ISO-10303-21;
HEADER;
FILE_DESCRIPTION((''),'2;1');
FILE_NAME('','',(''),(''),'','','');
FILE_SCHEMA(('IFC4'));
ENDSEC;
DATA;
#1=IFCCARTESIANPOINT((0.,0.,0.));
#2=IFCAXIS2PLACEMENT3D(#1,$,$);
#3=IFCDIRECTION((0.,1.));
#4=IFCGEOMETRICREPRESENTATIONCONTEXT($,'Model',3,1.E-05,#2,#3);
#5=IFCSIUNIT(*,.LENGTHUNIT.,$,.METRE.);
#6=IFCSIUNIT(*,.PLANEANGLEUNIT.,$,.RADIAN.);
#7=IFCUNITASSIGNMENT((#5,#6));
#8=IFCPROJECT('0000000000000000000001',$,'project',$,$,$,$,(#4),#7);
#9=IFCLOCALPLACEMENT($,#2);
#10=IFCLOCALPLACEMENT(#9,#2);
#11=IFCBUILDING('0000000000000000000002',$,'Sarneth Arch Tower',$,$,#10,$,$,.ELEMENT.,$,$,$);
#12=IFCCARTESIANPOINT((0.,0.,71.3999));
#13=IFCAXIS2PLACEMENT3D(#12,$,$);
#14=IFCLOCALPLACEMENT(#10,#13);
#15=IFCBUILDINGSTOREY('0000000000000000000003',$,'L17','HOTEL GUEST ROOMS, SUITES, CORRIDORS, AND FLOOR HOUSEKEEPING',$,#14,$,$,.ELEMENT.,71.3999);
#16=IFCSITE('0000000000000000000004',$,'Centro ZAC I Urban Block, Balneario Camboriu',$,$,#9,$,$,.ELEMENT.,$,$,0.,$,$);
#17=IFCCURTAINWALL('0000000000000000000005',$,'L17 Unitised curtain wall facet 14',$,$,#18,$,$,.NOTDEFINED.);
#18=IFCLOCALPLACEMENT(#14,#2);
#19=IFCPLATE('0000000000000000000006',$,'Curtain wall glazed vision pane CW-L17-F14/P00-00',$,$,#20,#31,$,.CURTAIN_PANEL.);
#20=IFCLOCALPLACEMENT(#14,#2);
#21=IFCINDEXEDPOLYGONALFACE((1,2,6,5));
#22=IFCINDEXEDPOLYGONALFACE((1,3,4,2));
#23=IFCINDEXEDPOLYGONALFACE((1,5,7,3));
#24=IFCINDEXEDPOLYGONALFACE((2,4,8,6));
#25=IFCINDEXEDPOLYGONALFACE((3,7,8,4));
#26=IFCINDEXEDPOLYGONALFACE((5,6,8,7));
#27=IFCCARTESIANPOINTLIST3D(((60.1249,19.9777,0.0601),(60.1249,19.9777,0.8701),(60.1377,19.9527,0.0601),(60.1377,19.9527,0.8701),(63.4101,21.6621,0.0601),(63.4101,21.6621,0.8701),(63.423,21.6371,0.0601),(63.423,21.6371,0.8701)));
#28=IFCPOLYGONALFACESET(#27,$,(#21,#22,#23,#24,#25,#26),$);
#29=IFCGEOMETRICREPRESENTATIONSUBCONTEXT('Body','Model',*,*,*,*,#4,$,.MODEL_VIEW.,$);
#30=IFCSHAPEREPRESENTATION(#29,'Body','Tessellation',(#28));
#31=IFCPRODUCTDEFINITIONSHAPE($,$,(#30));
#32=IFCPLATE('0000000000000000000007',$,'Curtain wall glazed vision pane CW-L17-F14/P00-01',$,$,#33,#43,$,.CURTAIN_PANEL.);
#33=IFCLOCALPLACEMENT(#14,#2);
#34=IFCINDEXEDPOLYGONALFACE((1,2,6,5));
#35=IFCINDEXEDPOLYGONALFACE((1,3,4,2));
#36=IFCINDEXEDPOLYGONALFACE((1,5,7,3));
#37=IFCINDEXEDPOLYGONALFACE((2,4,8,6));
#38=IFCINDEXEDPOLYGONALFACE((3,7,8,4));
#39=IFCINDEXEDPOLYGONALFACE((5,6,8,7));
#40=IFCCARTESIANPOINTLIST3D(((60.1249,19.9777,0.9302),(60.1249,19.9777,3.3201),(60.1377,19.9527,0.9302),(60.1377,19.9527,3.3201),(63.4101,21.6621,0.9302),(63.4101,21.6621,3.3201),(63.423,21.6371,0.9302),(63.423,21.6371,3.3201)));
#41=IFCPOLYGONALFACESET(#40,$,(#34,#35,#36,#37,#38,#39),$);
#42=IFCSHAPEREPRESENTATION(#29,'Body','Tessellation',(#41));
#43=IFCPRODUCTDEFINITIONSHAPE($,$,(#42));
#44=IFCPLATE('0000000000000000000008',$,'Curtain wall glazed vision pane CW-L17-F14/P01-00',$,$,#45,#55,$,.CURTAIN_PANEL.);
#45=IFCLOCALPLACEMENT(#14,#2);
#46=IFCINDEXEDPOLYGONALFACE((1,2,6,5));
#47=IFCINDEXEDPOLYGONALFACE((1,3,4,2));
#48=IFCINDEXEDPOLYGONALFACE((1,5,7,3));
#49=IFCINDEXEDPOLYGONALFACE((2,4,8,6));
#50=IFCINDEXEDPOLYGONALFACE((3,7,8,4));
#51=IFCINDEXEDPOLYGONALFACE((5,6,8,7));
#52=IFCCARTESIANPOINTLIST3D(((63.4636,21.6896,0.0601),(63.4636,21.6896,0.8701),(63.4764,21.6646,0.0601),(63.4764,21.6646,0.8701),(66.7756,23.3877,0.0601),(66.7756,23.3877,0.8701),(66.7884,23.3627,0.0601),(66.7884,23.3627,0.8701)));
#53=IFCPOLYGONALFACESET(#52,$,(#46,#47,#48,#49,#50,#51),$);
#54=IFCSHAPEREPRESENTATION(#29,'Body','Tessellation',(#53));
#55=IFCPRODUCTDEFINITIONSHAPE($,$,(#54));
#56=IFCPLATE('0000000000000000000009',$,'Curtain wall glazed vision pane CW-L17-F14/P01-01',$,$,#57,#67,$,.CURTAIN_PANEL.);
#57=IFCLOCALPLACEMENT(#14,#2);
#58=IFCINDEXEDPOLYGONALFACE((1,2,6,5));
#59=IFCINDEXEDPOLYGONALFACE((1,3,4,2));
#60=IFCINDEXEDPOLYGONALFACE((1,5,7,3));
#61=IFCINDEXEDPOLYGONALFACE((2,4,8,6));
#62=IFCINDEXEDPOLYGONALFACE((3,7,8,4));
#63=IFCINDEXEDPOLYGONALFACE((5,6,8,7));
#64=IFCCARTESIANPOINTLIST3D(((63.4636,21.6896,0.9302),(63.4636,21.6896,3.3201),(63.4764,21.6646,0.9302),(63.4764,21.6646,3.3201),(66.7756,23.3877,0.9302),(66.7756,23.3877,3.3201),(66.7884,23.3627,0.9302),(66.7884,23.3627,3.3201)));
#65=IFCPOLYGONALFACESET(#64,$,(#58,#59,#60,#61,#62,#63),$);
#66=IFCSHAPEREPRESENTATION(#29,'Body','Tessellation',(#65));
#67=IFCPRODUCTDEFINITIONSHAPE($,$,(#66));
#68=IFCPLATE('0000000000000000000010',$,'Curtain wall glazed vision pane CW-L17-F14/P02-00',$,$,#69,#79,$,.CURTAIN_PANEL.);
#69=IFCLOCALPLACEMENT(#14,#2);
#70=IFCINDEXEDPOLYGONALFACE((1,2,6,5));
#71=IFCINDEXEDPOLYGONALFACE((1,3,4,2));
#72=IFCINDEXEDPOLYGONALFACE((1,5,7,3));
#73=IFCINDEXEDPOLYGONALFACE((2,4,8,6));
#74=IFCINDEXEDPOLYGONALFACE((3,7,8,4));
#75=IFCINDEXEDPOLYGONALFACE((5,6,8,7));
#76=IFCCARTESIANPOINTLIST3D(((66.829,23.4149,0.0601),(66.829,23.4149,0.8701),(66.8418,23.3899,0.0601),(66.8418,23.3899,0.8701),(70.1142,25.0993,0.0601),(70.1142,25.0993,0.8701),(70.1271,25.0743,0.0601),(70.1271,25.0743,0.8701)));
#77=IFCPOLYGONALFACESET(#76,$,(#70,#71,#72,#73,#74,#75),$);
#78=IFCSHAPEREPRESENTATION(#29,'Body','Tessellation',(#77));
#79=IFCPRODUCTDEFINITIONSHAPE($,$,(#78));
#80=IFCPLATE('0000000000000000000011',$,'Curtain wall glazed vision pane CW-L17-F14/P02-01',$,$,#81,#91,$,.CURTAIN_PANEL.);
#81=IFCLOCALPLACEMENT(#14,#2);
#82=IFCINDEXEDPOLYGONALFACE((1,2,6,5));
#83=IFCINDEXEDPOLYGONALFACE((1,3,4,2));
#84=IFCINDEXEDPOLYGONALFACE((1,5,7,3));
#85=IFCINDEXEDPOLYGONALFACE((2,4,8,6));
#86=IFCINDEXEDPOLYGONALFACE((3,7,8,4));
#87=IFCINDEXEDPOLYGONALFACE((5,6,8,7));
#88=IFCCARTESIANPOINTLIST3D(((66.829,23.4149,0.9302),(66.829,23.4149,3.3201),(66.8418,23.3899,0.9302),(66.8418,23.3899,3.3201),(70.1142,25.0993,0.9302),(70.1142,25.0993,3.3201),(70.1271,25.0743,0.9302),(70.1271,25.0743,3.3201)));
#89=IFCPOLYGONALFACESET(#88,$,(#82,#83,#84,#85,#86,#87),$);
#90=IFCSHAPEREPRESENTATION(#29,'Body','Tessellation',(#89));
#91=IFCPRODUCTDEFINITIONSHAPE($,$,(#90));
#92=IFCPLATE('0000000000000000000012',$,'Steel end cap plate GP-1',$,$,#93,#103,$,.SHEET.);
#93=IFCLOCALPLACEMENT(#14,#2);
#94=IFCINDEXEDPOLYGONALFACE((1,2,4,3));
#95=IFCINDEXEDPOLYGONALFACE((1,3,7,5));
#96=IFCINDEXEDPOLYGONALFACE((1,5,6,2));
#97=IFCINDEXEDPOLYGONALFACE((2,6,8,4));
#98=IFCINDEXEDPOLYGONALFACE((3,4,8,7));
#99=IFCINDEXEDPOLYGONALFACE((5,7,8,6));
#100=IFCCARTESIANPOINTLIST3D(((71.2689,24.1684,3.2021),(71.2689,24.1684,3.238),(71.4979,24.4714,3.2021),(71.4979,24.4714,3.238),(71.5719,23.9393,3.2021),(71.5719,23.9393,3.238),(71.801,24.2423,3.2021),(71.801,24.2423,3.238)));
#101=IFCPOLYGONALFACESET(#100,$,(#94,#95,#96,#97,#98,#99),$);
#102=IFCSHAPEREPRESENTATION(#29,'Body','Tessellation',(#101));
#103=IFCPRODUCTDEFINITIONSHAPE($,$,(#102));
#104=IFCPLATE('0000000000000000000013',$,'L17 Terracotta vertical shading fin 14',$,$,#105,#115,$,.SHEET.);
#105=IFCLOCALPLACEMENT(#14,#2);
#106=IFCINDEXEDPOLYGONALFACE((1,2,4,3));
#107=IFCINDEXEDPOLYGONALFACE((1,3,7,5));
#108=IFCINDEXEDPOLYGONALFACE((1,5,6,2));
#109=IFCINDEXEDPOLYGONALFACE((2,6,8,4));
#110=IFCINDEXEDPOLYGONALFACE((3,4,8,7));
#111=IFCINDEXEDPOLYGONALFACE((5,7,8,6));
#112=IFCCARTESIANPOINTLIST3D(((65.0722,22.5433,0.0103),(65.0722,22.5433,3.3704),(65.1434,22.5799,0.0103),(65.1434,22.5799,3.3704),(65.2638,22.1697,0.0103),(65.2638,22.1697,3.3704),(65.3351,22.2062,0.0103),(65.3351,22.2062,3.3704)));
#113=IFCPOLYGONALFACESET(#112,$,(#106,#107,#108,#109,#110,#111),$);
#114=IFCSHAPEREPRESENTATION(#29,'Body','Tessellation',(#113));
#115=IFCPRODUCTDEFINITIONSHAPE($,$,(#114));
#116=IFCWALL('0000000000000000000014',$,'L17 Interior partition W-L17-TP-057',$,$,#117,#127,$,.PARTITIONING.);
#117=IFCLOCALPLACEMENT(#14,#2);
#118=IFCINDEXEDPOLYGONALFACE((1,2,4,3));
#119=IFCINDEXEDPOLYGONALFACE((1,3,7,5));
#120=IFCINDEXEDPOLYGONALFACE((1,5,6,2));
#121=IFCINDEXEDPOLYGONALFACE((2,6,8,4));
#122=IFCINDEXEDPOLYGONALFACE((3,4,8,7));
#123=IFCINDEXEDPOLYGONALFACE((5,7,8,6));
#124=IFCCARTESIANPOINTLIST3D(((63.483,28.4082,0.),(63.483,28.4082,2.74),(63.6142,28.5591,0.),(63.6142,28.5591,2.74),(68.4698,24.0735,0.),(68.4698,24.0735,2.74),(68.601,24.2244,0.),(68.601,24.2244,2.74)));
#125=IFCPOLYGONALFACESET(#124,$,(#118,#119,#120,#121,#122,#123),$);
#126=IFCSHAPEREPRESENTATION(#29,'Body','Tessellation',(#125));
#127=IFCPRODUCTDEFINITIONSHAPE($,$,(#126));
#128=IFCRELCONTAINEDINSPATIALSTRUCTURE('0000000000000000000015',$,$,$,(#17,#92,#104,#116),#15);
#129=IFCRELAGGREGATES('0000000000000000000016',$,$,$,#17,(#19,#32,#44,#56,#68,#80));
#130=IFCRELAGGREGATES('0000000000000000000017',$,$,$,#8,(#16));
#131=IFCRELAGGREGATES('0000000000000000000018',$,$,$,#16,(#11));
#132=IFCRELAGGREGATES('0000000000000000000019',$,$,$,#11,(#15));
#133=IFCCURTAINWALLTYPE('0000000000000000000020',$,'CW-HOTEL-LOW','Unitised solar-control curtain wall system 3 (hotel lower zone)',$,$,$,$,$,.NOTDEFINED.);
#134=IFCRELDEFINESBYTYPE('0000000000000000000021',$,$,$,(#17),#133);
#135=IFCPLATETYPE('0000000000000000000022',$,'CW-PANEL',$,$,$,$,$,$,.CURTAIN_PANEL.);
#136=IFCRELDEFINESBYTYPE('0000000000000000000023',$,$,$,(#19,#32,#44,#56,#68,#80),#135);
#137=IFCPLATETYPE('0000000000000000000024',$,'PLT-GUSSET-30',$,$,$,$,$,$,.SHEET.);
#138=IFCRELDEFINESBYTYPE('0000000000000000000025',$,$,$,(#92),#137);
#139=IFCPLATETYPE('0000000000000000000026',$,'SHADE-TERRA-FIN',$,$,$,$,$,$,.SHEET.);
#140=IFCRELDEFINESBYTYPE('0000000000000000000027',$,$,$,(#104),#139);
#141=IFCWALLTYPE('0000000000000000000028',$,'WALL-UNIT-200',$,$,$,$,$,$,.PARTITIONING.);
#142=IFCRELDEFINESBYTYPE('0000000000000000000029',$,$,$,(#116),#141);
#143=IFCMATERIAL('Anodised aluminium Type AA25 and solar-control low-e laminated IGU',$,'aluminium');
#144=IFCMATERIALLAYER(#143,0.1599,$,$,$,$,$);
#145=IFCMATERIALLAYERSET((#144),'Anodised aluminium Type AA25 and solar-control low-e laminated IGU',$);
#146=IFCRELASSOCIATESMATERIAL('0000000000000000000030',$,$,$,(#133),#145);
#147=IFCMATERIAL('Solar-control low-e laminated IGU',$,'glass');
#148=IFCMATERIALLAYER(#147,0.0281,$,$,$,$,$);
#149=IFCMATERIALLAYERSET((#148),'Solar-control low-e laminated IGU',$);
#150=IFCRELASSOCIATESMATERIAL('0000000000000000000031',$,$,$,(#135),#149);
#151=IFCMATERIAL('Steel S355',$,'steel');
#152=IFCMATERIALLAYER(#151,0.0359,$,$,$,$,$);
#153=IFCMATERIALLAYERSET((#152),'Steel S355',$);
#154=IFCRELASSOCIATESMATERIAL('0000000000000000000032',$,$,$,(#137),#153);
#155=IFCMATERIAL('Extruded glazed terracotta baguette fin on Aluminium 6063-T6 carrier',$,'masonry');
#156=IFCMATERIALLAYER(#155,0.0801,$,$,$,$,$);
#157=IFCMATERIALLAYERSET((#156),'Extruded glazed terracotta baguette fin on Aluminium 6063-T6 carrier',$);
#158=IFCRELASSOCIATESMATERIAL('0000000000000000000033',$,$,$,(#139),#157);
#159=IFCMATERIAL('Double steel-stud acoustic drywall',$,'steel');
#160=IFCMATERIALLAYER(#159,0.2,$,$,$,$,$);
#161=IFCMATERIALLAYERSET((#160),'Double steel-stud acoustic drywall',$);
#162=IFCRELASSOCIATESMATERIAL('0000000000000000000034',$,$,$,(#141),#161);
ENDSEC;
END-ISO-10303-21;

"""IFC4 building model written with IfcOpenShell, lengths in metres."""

from ifc_helpers import new_model, si_unit, direction, frame, frame_2d, origin, origin_2d, place, context, subcontext, project, spatial, rectangle, extrude, material, layer, layer_set, type_object, element, aggregate, save


model = new_model("IFC4")

# Units and contexts
model_context = context("Model", 3, precision=1e-05, world=origin(), true_north=direction((0.0, 1.0)))
body_context = subcontext(model_context, "Body", "Model", "MODEL_VIEW")
ifc_project = project(units=[si_unit("LENGTHUNIT", "METRE"), si_unit("PLANEANGLEUNIT", "RADIAN")], contexts=[model_context])

# Site, building, storey
site_placement = place(None, origin())
site = spatial("IfcSite", under=ifc_project, at=site_placement, Name="Centro ZAC I Urban Block, Balneario Camboriu", CompositionType="ELEMENT", RefElevation=0.0)
building_placement = place(site_placement, origin())
building = spatial("IfcBuilding", under=site, at=building_placement, Name="Sarneth Arch Tower", CompositionType="ELEMENT")
storey_placement = place(building_placement, frame((0.0, 0.0, 71.3999)))
storey = spatial("IfcBuildingStorey", under=building, at=storey_placement, Name="L17", Description="HOTEL GUEST ROOMS, SUITES, CORRIDORS, AND FLOOR HOUSEKEEPING", CompositionType="ELEMENT", Elevation=71.3999)

# Curtain wall, plates
ifc_material_1 = material(Name="Anodised aluminium Type AA25 and solar-control low-e laminated IGU", Category="aluminium")
ifc_layer_1 = layer(ifc_material_1, 0.1599)
ifc_layer_set_1 = layer_set([ifc_layer_1], Name="Anodised aluminium Type AA25 and solar-control low-e laminated IGU")
curtain_wall_type = type_object("IfcCurtainWallType", Name="CW-HOTEL-LOW", Description="Unitised solar-control curtain wall system 3 (hotel lower zone)", PredefinedType="NOTDEFINED", material=ifc_layer_set_1)
curtain_wall_placement = place(storey_placement, origin())
curtain_wall = element("IfcCurtainWall", 1, at=curtain_wall_placement, inside=storey, type_object=curtain_wall_type, Name="L17 Unitised curtain wall facet 14", PredefinedType="NOTDEFINED")
ifc_material_2 = material(Name="Solar-control low-e laminated IGU", Category="glass")
ifc_layer_2 = layer(ifc_material_2, 0.0281)
ifc_layer_set_2 = layer_set([ifc_layer_2], Name="Solar-control low-e laminated IGU")
plate_type_1 = type_object("IfcPlateType", Name="CW-PANEL", PredefinedType="CURTAIN_PANEL", material=ifc_layer_set_2)
plate_1_placement = place(storey_placement, frame((61.7739, 20.8074, 0.0601), z_axis=(0.0, 0.0, 1.0), x_axis=(0.889854, 0.456245, 0.0)))
plate_1 = element("IfcPlate", 2, at=plate_1_placement, type_object=plate_type_1, Name="Curtain wall glazed vision pane CW-L17-F14/P00-00", PredefinedType="CURTAIN_PANEL", context=body_context, shape_type="SweptSolid", body=[
    extrude(rectangle(XDim=3.6919, YDim=0.0281, at=origin_2d()), origin(), (0.0, 0.0, 1.0), 0.8101),
])
plate_2_placement = place(storey_placement, frame((61.7739, 20.8074, 0.9302), z_axis=(0.0, 0.0, 1.0), x_axis=(0.889854, 0.456245, 0.0)))
plate_2 = element("IfcPlate", 3, at=plate_2_placement, type_object=plate_type_1, Name="Curtain wall glazed vision pane CW-L17-F14/P00-01", PredefinedType="CURTAIN_PANEL", context=body_context, shape_type="SweptSolid", body=[
    extrude(rectangle(XDim=3.6919, YDim=0.0281, at=origin_2d()), origin(), (0.0, 0.0, 1.0), 2.3899),
])
plate_3_placement = place(storey_placement, frame((65.126, 22.5261, 0.0601), z_axis=(0.0, 0.0, 1.0), x_axis=(0.889854, 0.456245, 0.0)))
plate_3 = element("IfcPlate", 4, at=plate_3_placement, type_object=plate_type_1, Name="Curtain wall glazed vision pane CW-L17-F14/P01-00", PredefinedType="CURTAIN_PANEL", context=body_context, shape_type="SweptSolid", body=[
    extrude(rectangle(XDim=3.7219, YDim=0.0281, at=origin_2d()), origin(), (0.0, 0.0, 1.0), 0.8101),
])
plate_4_placement = place(storey_placement, frame((65.126, 22.5261, 0.9302), z_axis=(0.0, 0.0, 1.0), x_axis=(0.889854, 0.456245, 0.0)))
plate_4 = element("IfcPlate", 5, at=plate_4_placement, type_object=plate_type_1, Name="Curtain wall glazed vision pane CW-L17-F14/P01-01", PredefinedType="CURTAIN_PANEL", context=body_context, shape_type="SweptSolid", body=[
    extrude(rectangle(XDim=3.7219, YDim=0.0281, at=origin_2d()), origin(), (0.0, 0.0, 1.0), 2.3899),
])
plate_5_placement = place(storey_placement, frame((68.478, 24.2446, 0.0601), z_axis=(0.0, 0.0, 1.0), x_axis=(0.889854, 0.456245, 0.0)))
plate_5 = element("IfcPlate", 6, at=plate_5_placement, type_object=plate_type_1, Name="Curtain wall glazed vision pane CW-L17-F14/P02-00", PredefinedType="CURTAIN_PANEL", context=body_context, shape_type="SweptSolid", body=[
    extrude(rectangle(XDim=3.6919, YDim=0.0281, at=origin_2d()), origin(), (0.0, 0.0, 1.0), 0.8101),
])
plate_6_placement = place(storey_placement, frame((68.478, 24.2446, 0.9302), z_axis=(0.0, 0.0, 1.0), x_axis=(0.889854, 0.456245, 0.0)))
plate_6 = element("IfcPlate", 7, at=plate_6_placement, type_object=plate_type_1, Name="Curtain wall glazed vision pane CW-L17-F14/P02-01", PredefinedType="CURTAIN_PANEL", context=body_context, shape_type="SweptSolid", body=[
    extrude(rectangle(XDim=3.6919, YDim=0.0281, at=origin_2d()), origin(), (0.0, 0.0, 1.0), 2.3899),
])
aggregate(curtain_wall, [plate_1, plate_2, plate_3, plate_4, plate_5, plate_6])

# Plates
ifc_material_3 = material(Name="Steel S355", Category="steel")
ifc_layer_3 = layer(ifc_material_3, 0.0359)
ifc_layer_set_3 = layer_set([ifc_layer_3], Name="Steel S355")
plate_type_2 = type_object("IfcPlateType", Name="PLT-GUSSET-30", PredefinedType="SHEET", material=ifc_layer_set_3)
plate_7_placement = place(storey_placement, frame((71.5349, 24.2053, 3.2021), z_axis=(0.0, 0.0, 1.0), x_axis=(0.797689, -0.603069, 0.0)))
element("IfcPlate", 8, at=plate_7_placement, inside=storey, type_object=plate_type_2, Name="Steel end cap plate GP-1", PredefinedType="SHEET", context=body_context, shape_type="SweptSolid", body=[
    extrude(rectangle(XDim=0.3799, YDim=0.3799, at=origin_2d()), origin(), (0.0, 0.0, 1.0), 0.0359),
])
ifc_material_4 = material(Name="Extruded glazed terracotta baguette fin on Aluminium 6063-T6 carrier", Category="masonry")
ifc_layer_4 = layer(ifc_material_4, 0.0801)
ifc_layer_set_4 = layer_set([ifc_layer_4], Name="Extruded glazed terracotta baguette fin on Aluminium 6063-T6 carrier")
plate_type_3 = type_object("IfcPlateType", Name="SHADE-TERRA-FIN", PredefinedType="SHEET", material=ifc_layer_set_4)
plate_8_placement = place(storey_placement, frame((65.2036, 22.3748, 0.0103), z_axis=(0.0, 0.0, 1.0), x_axis=(0.456322, -0.889815, 0.0)))
element("IfcPlate", 9, at=plate_8_placement, inside=storey, type_object=plate_type_3, Name="L17 Terracotta vertical shading fin 14", PredefinedType="SHEET", context=body_context, shape_type="SweptSolid", body=[
    extrude(rectangle(XDim=0.4199, YDim=0.0801, at=origin_2d()), origin(), (0.0, 0.0, 1.0), 3.3601),
])

# Wall
ifc_material_5 = material(Name="Double steel-stud acoustic drywall", Category="steel")
ifc_layer_5 = layer(ifc_material_5, 0.2)
ifc_layer_set_5 = layer_set([ifc_layer_5], Name="Double steel-stud acoustic drywall")
wall_type = type_object("IfcWallType", Name="WALL-UNIT-200", PredefinedType="PARTITIONING", material=ifc_layer_set_5)
wall_placement = place(storey_placement, frame((68.5354, 24.1489, 0.0), z_axis=(0.0, 0.0, 1.0), x_axis=(-0.754729, 0.656037, 0.0)))
element("IfcWall", 10, at=wall_placement, inside=storey, type_object=wall_type, Name="L17 Interior partition W-L17-TP-057", PredefinedType="PARTITIONING", context=body_context, shape_type="SweptSolid", body=[
    extrude(rectangle(XDim=6.6074, YDim=0.2, at=frame_2d((3.3037, 0.0))), origin(), (0.0, 0.0, 1.0), 2.74),
])

save(model, "model.ifc")
